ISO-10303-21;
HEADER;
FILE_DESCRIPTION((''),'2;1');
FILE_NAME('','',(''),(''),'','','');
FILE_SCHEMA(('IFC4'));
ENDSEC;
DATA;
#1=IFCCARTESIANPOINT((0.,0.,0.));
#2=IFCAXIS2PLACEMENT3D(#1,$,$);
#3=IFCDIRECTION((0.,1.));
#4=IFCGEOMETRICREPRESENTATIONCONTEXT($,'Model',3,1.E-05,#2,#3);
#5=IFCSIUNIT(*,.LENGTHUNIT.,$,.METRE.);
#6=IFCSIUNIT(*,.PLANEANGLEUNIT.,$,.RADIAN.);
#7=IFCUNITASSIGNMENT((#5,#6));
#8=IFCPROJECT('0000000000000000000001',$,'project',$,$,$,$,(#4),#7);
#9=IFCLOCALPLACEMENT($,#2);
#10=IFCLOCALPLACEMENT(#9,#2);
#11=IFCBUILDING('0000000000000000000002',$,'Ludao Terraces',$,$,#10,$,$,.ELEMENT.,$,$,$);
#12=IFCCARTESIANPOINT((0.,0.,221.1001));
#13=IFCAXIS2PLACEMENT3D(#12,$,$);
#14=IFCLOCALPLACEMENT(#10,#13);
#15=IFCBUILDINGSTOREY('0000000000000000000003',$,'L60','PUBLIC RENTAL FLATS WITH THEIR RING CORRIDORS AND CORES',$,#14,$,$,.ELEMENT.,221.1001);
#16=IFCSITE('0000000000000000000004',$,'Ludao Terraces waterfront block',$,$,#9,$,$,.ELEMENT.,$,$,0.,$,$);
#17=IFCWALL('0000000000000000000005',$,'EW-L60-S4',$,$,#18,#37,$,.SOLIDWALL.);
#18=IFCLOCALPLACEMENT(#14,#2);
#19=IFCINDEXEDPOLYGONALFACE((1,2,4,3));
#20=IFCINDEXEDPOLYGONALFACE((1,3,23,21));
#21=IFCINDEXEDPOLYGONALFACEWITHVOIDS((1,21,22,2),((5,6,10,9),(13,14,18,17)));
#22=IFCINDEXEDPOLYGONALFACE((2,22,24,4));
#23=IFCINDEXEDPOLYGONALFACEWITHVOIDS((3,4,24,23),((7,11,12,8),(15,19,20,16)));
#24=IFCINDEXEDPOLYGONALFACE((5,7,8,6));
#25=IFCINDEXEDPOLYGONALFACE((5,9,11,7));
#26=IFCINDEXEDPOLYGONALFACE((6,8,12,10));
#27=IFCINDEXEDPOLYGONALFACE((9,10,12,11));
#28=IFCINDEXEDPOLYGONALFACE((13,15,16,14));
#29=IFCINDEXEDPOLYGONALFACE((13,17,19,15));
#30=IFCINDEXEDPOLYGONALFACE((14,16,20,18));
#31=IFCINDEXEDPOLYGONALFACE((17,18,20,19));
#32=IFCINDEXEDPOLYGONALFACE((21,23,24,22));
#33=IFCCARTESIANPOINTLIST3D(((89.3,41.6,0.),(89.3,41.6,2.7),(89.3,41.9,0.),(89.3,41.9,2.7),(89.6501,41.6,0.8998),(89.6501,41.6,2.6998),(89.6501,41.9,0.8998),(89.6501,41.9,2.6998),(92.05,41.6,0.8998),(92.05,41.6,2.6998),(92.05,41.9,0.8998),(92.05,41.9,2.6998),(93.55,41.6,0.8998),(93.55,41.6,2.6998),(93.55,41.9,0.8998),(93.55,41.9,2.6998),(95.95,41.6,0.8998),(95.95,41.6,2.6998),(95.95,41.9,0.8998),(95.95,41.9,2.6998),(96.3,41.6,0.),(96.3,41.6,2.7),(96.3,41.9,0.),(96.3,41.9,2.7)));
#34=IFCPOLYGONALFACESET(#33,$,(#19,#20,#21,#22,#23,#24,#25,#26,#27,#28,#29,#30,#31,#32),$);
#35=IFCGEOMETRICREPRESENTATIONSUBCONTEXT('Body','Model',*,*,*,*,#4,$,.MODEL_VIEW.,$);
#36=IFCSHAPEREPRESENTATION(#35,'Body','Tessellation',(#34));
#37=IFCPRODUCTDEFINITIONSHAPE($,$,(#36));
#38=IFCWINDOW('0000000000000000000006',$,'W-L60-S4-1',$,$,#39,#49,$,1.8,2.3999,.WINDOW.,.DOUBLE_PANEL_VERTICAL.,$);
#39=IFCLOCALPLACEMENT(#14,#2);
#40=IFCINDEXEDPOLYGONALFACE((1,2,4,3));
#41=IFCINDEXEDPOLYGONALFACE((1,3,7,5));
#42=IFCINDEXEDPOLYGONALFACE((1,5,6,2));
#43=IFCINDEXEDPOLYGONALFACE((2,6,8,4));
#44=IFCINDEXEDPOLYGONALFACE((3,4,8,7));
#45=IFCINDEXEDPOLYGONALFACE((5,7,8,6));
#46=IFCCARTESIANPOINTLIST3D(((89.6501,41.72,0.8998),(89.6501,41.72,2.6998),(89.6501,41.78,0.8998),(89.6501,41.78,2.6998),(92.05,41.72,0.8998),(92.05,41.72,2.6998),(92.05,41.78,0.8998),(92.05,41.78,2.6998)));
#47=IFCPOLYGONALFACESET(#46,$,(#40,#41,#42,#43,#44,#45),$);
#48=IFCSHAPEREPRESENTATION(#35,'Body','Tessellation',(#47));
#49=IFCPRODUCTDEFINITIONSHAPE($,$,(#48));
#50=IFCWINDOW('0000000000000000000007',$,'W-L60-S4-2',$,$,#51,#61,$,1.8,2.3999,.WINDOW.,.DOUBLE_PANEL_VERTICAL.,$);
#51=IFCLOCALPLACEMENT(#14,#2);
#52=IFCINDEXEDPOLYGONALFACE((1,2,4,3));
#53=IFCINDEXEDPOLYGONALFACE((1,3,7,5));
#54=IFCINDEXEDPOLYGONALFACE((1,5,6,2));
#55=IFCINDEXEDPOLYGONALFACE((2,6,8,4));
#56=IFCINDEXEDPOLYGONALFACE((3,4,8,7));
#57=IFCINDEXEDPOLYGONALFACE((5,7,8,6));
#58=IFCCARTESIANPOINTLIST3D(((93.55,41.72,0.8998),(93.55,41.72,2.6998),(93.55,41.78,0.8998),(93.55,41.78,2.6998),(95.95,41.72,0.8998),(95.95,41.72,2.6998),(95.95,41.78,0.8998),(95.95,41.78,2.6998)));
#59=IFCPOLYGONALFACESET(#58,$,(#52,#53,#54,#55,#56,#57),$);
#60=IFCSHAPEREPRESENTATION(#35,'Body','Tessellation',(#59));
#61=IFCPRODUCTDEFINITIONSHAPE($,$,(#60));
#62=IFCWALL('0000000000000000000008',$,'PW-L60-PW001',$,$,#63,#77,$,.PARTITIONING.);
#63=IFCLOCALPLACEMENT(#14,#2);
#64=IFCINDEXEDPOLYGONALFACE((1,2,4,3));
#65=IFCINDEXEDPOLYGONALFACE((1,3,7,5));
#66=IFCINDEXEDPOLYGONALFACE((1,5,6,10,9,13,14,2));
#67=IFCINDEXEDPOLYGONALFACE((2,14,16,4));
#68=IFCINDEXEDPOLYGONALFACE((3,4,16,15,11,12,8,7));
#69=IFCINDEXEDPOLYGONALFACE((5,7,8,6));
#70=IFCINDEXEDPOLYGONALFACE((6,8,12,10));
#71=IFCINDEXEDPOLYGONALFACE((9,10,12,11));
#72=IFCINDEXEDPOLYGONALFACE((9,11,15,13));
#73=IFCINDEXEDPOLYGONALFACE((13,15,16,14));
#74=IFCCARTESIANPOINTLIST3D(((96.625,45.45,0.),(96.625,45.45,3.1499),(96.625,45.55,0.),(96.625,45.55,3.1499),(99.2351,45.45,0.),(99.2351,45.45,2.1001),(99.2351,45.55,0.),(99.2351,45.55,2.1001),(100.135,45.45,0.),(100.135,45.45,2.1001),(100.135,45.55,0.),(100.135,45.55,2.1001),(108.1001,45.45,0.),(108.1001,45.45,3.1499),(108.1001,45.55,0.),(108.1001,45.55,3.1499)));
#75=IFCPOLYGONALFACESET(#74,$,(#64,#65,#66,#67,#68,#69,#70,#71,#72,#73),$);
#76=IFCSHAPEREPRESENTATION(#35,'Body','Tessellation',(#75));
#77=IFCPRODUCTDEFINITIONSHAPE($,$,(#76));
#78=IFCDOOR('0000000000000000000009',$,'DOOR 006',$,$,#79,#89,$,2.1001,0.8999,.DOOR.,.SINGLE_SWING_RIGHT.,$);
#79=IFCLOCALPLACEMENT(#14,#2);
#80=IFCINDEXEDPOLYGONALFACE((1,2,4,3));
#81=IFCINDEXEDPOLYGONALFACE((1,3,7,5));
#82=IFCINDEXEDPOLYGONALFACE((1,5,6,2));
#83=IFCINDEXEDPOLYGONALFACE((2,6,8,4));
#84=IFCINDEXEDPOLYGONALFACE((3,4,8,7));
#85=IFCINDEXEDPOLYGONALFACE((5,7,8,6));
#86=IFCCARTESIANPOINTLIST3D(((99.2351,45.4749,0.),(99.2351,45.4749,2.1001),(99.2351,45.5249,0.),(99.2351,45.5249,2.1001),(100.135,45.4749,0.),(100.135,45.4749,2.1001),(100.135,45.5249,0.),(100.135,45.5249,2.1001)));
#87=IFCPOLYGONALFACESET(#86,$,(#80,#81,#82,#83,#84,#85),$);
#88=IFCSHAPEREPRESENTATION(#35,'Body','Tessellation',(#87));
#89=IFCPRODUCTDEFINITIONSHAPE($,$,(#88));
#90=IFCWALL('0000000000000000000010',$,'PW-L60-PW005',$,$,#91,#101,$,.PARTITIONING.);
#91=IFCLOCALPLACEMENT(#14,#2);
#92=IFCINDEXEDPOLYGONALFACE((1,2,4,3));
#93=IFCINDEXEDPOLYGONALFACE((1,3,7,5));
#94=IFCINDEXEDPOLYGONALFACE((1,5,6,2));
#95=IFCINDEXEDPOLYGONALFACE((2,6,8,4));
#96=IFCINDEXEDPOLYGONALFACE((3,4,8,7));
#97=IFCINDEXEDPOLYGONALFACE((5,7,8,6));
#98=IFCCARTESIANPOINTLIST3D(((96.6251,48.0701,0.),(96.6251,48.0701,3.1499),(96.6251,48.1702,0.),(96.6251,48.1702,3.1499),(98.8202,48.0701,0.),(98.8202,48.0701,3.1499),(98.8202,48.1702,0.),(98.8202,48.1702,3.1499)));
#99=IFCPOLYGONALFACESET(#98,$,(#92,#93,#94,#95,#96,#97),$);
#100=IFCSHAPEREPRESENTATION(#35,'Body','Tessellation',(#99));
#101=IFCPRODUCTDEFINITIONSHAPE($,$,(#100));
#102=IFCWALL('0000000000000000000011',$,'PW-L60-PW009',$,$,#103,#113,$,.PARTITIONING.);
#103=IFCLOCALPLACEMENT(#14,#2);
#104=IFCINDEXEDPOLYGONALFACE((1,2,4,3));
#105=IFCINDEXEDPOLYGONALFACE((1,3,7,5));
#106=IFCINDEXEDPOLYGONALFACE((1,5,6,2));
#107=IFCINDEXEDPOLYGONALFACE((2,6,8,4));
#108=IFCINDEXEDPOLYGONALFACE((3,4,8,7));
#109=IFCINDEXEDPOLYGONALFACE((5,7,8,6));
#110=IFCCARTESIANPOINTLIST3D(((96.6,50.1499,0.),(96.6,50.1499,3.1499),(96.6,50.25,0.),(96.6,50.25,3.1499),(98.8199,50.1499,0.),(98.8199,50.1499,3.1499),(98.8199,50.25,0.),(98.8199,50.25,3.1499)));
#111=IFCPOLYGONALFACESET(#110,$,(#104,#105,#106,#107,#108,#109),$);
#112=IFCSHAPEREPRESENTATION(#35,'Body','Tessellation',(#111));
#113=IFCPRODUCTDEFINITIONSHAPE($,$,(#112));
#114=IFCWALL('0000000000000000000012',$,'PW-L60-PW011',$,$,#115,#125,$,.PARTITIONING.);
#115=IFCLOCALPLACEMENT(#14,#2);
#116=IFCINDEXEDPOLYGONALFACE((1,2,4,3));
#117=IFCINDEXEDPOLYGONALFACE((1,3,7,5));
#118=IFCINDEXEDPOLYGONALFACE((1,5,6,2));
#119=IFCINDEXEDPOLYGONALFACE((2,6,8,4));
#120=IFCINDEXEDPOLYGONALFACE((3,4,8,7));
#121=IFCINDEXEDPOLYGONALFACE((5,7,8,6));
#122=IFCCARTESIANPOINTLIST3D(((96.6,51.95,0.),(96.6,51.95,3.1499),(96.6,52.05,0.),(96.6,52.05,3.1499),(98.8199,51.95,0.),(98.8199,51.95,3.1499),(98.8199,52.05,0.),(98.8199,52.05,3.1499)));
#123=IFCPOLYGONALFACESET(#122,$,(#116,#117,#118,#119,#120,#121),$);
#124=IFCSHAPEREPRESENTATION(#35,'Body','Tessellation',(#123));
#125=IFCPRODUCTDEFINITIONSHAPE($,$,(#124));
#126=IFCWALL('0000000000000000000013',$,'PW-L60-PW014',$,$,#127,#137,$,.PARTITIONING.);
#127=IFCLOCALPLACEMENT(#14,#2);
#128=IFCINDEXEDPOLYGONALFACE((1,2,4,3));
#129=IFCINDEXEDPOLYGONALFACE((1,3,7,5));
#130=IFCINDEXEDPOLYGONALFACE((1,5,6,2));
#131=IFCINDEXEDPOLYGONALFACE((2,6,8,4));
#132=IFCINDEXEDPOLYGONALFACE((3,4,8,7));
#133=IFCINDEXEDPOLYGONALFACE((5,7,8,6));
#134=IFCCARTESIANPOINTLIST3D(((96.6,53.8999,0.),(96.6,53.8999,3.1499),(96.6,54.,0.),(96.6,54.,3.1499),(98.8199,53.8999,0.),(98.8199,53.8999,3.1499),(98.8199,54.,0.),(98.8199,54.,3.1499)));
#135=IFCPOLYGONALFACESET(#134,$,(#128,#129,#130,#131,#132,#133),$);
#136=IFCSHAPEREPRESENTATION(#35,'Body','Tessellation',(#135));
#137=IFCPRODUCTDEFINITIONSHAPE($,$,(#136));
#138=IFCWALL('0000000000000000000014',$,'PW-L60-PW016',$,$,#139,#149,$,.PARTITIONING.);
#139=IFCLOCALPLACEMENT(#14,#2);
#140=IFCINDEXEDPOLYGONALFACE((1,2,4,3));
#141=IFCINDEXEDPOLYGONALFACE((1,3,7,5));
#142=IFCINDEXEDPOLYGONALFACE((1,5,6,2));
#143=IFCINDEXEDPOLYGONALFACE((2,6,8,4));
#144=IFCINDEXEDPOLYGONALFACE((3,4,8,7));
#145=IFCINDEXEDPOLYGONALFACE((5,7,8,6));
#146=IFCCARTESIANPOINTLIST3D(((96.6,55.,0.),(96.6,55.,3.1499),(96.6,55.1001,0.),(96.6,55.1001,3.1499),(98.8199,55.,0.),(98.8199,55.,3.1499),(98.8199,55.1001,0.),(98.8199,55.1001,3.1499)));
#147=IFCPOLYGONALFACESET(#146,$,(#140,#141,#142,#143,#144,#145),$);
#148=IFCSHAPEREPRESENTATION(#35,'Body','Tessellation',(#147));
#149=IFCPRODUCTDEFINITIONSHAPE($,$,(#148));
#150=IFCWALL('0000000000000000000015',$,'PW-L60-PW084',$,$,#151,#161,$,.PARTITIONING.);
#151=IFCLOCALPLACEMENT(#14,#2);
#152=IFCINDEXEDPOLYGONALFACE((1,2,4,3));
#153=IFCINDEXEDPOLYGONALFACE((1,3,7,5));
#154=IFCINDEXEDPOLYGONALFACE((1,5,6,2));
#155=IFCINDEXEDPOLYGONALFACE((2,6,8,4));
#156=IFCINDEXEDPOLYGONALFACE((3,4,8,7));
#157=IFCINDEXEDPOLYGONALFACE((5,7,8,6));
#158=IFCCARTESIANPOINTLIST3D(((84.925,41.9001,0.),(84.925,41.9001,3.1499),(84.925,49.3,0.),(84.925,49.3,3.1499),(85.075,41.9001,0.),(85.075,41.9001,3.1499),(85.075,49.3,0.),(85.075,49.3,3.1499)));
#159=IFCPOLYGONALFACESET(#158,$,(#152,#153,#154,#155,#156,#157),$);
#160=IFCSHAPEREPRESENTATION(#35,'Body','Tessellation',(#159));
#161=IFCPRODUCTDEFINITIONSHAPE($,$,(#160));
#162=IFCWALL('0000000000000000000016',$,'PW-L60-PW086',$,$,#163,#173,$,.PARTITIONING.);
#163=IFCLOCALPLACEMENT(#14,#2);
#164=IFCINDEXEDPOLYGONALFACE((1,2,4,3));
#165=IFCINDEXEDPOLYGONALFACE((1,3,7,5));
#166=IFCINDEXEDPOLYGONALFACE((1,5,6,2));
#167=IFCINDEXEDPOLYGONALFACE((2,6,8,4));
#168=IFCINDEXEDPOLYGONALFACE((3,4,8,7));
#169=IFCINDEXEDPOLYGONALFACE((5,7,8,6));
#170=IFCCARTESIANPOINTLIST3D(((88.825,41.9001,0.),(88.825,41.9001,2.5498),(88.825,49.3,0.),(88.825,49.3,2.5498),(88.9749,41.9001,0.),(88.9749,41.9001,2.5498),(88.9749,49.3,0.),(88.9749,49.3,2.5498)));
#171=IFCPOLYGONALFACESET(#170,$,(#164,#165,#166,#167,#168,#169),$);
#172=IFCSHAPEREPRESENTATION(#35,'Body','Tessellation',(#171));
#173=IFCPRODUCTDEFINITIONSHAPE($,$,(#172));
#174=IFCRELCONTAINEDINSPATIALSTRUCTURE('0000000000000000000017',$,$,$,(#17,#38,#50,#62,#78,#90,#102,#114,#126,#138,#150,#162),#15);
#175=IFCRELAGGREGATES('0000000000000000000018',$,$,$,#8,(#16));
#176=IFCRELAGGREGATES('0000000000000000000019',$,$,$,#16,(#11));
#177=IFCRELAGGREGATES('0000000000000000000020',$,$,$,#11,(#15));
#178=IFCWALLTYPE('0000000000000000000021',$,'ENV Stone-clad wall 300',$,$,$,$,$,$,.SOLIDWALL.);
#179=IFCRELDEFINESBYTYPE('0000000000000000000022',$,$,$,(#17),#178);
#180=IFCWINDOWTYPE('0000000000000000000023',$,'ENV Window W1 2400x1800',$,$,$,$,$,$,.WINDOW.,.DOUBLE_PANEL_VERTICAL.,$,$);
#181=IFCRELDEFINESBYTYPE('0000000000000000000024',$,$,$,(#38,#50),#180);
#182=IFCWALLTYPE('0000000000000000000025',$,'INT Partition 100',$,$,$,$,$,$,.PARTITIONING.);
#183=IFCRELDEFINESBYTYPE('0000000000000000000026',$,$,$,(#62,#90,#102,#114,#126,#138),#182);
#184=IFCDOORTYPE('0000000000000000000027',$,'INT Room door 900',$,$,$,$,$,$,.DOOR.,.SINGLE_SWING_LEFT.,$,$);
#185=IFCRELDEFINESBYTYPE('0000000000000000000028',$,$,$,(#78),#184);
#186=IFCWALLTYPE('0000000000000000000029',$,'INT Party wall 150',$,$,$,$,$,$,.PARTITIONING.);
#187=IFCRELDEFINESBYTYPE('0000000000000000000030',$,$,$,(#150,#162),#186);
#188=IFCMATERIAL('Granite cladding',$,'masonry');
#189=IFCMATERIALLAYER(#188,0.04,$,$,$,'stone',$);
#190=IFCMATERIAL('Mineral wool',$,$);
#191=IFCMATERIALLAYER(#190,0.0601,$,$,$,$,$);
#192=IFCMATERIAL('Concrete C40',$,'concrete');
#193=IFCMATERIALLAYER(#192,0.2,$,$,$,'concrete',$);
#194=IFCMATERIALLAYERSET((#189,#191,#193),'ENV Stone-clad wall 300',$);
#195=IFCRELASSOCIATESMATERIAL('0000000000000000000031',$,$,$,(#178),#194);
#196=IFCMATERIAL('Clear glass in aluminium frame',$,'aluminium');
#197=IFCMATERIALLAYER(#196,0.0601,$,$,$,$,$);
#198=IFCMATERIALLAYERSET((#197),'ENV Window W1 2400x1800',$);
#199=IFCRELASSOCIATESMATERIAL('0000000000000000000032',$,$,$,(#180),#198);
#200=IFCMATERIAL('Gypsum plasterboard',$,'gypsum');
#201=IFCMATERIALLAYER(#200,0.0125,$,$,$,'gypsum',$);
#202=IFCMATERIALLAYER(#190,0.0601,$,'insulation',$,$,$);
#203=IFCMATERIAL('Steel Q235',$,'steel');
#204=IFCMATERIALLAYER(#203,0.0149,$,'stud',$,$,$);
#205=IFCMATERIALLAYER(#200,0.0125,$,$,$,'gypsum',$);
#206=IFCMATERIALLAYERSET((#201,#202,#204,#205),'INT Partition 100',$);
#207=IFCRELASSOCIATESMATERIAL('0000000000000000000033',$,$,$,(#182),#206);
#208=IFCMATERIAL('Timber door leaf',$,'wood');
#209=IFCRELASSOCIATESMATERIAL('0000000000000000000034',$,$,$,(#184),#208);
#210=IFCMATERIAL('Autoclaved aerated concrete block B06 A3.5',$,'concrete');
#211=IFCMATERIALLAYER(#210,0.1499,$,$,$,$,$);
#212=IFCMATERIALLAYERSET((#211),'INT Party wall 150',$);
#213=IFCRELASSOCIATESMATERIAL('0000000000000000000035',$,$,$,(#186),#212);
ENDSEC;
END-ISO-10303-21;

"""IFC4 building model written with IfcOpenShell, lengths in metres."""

from ifc_helpers import new_model, si_unit, direction, frame, frame_2d, origin, place, context, subcontext, project, spatial, rectangle, extrude, material, layer, layer_set, type_object, element, fill, save


model = new_model("IFC4")

# Units and contexts
model_context = context("Model", 3, precision=1e-05, world=origin(), true_north=direction((0.0, 1.0)))
body_context = subcontext(model_context, "Body", "Model", "MODEL_VIEW")
ifc_project = project(units=[si_unit("LENGTHUNIT", "METRE"), si_unit("PLANEANGLEUNIT", "RADIAN")], contexts=[model_context])

# Site, building, storey
site_placement = place(None, origin())
site = spatial("IfcSite", under=ifc_project, at=site_placement, Name="Ludao Terraces waterfront block", CompositionType="ELEMENT", RefElevation=0.0)
building_placement = place(site_placement, origin())
building = spatial("IfcBuilding", under=site, at=building_placement, Name="Ludao Terraces", CompositionType="ELEMENT")
storey_placement = place(building_placement, frame((0.0, 0.0, 221.1001)))
storey = spatial("IfcBuildingStorey", under=building, at=storey_placement, Name="L60", Description="PUBLIC RENTAL FLATS WITH THEIR RING CORRIDORS AND CORES", CompositionType="ELEMENT", Elevation=221.1001)

# Shared definitions
ifc_material_1 = material(Name="Concrete C40", Category="concrete")

# Shared definitions
ifc_material_2 = material(Name="Steel Q235", Category="steel")

# Wall, openings, windows
ifc_material_3 = material(Name="Granite cladding", Category="masonry")
ifc_layer_1 = layer(ifc_material_3, 0.04, Category="stone")
ifc_material_4 = material(Name="Mineral wool")
ifc_layer_2 = layer(ifc_material_4, 0.0601)
ifc_layer_3 = layer(ifc_material_1, 0.2, Category="concrete")
ifc_layer_set_1 = layer_set([ifc_layer_1, ifc_layer_2, ifc_layer_3], Name="ENV Stone-clad wall 300")
wall_type_1 = type_object("IfcWallType", Name="ENV Stone-clad wall 300", PredefinedType="SOLIDWALL", material=ifc_layer_set_1)
wall_1_placement = place(storey_placement, frame((89.3, 41.75, 0.0), z_axis=(0.0, 0.0, 1.0), x_axis=(1.0, 0.0, 0.0)))
wall_1 = element("IfcWall", 1, at=wall_1_placement, inside=storey, type_object=wall_type_1, Name="EW-L60-S4", PredefinedType="SOLIDWALL", context=body_context, shape_type="SweptSolid", body=[
    extrude(rectangle(XDim=7.0, YDim=0.3, at=frame_2d((3.5, 0.0))), origin(), (0.0, 0.0, 1.0), 2.7),
])
opening_1_placement = place(wall_1_placement, frame((0.3501, 0.0, 0.8999)))
opening_1 = element("IfcOpeningElement", 2, at=opening_1_placement, cuts=wall_1, PredefinedType="OPENING", context=body_context, shape_type="SweptSolid", body=[
    extrude(rectangle(XDim=2.3999, YDim=1.8, at=frame_2d((1.2, 0.8999))), frame((0.0, 0.1602, 0.0), z_axis=(0.0, -1.0, 0.0), x_axis=(1.0, 0.0, 0.0)), (0.0, 0.0, 1.0), 0.3201),
])
opening_2_placement = place(wall_1_placement, frame((4.25, 0.0, 0.8999)))
opening_2 = element("IfcOpeningElement", 3, at=opening_2_placement, cuts=wall_1, PredefinedType="OPENING", context=body_context, shape_type="SweptSolid", body=[
    extrude(rectangle(XDim=2.3999, YDim=1.8, at=frame_2d((1.2, 0.8999))), frame((0.0, 0.1602, 0.0), z_axis=(0.0, -1.0, 0.0), x_axis=(1.0, 0.0, 0.0)), (0.0, 0.0, 1.0), 0.3201),
])
ifc_material_5 = material(Name="Clear glass in aluminium frame", Category="aluminium")
ifc_layer_4 = layer(ifc_material_5, 0.0601)
ifc_layer_set_2 = layer_set([ifc_layer_4], Name="ENV Window W1 2400x1800")
window_type = type_object("IfcWindowType", Name="ENV Window W1 2400x1800", PartitioningType="DOUBLE_PANEL_VERTICAL", PredefinedType="WINDOW", material=ifc_layer_set_2)
window_1_placement = place(opening_1_placement, origin())
window_1 = element("IfcWindow", 4, at=window_1_placement, inside=storey, type_object=window_type, Name="W-L60-S4-1", OverallHeight=1.8, OverallWidth=2.3999, PartitioningType="DOUBLE_PANEL_VERTICAL", PredefinedType="WINDOW", context=body_context, shape_type="SweptSolid", body=[
    extrude(rectangle(XDim=2.3999, YDim=1.8, at=frame_2d((1.2, 0.8999))), frame((0.0, 0.03, 0.0), z_axis=(0.0, -1.0, 0.0), x_axis=(1.0, 0.0, 0.0)), (0.0, 0.0, 1.0), 0.0601),
])
fill(opening_1, window_1)
window_2_placement = place(opening_2_placement, origin())
window_2 = element("IfcWindow", 5, at=window_2_placement, inside=storey, type_object=window_type, Name="W-L60-S4-2", OverallHeight=1.8, OverallWidth=2.3999, PartitioningType="DOUBLE_PANEL_VERTICAL", PredefinedType="WINDOW", context=body_context, shape_type="SweptSolid", body=[
    extrude(rectangle(XDim=2.3999, YDim=1.8, at=frame_2d((1.2, 0.8999))), frame((0.0, 0.03, 0.0), z_axis=(0.0, -1.0, 0.0), x_axis=(1.0, 0.0, 0.0)), (0.0, 0.0, 1.0), 0.0601),
])
fill(opening_2, window_2)

# Wall, opening, door
ifc_material_6 = material(Name="Gypsum plasterboard", Category="gypsum")
ifc_layer_5 = layer(ifc_material_6, 0.0125, Category="gypsum")
ifc_layer_6 = layer(ifc_material_4, 0.0601, Name="insulation")
ifc_layer_7 = layer(ifc_material_2, 0.0149, Name="stud")
ifc_layer_8 = layer(ifc_material_6, 0.0125, Category="gypsum")
ifc_layer_set_3 = layer_set([ifc_layer_5, ifc_layer_6, ifc_layer_7, ifc_layer_8], Name="INT Partition 100")
wall_type_2 = type_object("IfcWallType", Name="INT Partition 100", PredefinedType="PARTITIONING", material=ifc_layer_set_3)
wall_2_placement = place(storey_placement, frame((96.625, 45.5, 0.0), z_axis=(0.0, 0.0, 1.0), x_axis=(1.0, 0.0, 0.0)))
wall_2 = element("IfcWall", 6, at=wall_2_placement, inside=storey, type_object=wall_type_2, Name="PW-L60-PW001", PredefinedType="PARTITIONING", context=body_context, shape_type="SweptSolid", body=[
    extrude(rectangle(XDim=11.4751, YDim=0.1001, at=frame_2d((5.7375, 0.0))), origin(), (0.0, 0.0, 1.0), 3.1499),
])
opening_3_placement = place(wall_2_placement, frame((2.6101, 0.0, 0.0)))
opening_3 = element("IfcOpeningElement", 7, at=opening_3_placement, cuts=wall_2, PredefinedType="OPENING", context=body_context, shape_type="SweptSolid", body=[
    extrude(rectangle(XDim=0.8999, YDim=2.1001, at=frame_2d((0.45, 1.05))), frame((0.0, 0.0601, 0.0), z_axis=(0.0, -1.0, 0.0), x_axis=(1.0, 0.0, 0.0)), (0.0, 0.0, 1.0), 0.1201),
])
ifc_material_7 = material(Name="Timber door leaf", Category="wood")
door_type_1 = type_object("IfcDoorType", Name="INT Room door 900", OperationType="SINGLE_SWING_LEFT", PredefinedType="DOOR", material=ifc_material_7)
door_1_placement = place(opening_3_placement, origin())
door_1 = element("IfcDoor", 8, at=door_1_placement, inside=storey, type_object=door_type_1, Name="DOOR 006", OperationType="SINGLE_SWING_RIGHT", OverallHeight=2.1001, OverallWidth=0.8999, PredefinedType="DOOR", context=body_context, shape_type="SweptSolid", body=[
    extrude(rectangle(XDim=0.8999, YDim=2.1001, at=frame_2d((0.45, 1.05))), frame((0.0, 0.0249, 0.0), z_axis=(0.0, -1.0, 0.0), x_axis=(1.0, 0.0, 0.0)), (0.0, 0.0, 1.0), 0.05),
])
fill(opening_3, door_1)

# Walls
wall_3_placement = place(storey_placement, frame((96.625, 48.1201, 0.0), z_axis=(0.0, 0.0, 1.0), x_axis=(1.0, 0.0, 0.0)))
element("IfcWall", 9, at=wall_3_placement, inside=storey, type_object=wall_type_2, Name="PW-L60-PW005", PredefinedType="PARTITIONING", context=body_context, shape_type="SweptSolid", body=[
    extrude(rectangle(XDim=2.1951, YDim=0.1001, at=frame_2d((1.0977, 0.0))), origin(), (0.0, 0.0, 1.0), 3.1499),
])
for number, where, z_axis, x_axis, name in (
    (10, (96.6001, 50.2, 0.0), (0.0, 0.0, 1.0), (1.0, 0.0, 0.0), "PW-L60-PW009"),
    (11, (96.6001, 52.0, 0.0), (0.0, 0.0, 1.0), (1.0, 0.0, 0.0), "PW-L60-PW011"),
    (12, (96.6001, 53.95, 0.0), (0.0, 0.0, 1.0), (1.0, 0.0, 0.0), "PW-L60-PW014"),
    (13, (96.6001, 55.05, 0.0), (0.0, 0.0, 1.0), (1.0, 0.0, 0.0), "PW-L60-PW016"),
):
    element("IfcWall", number, at=place(storey_placement, frame(where, z_axis=z_axis, x_axis=x_axis)), inside=storey, type_object=wall_type_2, Name=name, PredefinedType="PARTITIONING", context=body_context, shape_type="SweptSolid", body=[
        extrude(rectangle(XDim=2.22, YDim=0.1001, at=frame_2d((1.1099, 0.0))), origin(), (0.0, 0.0, 1.0), 3.1499),
    ])
ifc_material_8 = material(Name="Autoclaved aerated concrete block B06 A3.5", Category="concrete")
ifc_layer_9 = layer(ifc_material_8, 0.1499)
ifc_layer_set_4 = layer_set([ifc_layer_9], Name="INT Party wall 150")
wall_type_3 = type_object("IfcWallType", Name="INT Party wall 150", PredefinedType="PARTITIONING", material=ifc_layer_set_4)
wall_4_placement = place(storey_placement, frame((85.0, 41.9001, 0.0), z_axis=(0.0, 0.0, 1.0), x_axis=(0.0, 1.0, 0.0)))
element("IfcWall", 14, at=wall_4_placement, inside=storey, type_object=wall_type_3, Name="PW-L60-PW084", PredefinedType="PARTITIONING", context=body_context, shape_type="SweptSolid", body=[
    extrude(rectangle(XDim=7.3999, YDim=0.1499, at=frame_2d((3.7, 0.0))), origin(), (0.0, 0.0, 1.0), 3.1499),
])
wall_5_placement = place(storey_placement, frame((88.8999, 41.9001, 0.0), z_axis=(0.0, 0.0, 1.0), x_axis=(0.0, 1.0, 0.0)))
element("IfcWall", 15, at=wall_5_placement, inside=storey, type_object=wall_type_3, Name="PW-L60-PW086", PredefinedType="PARTITIONING", context=body_context, shape_type="SweptSolid", body=[
    extrude(rectangle(XDim=7.3999, YDim=0.1499, at=frame_2d((3.7, 0.0))), origin(), (0.0, 0.0, 1.0), 2.5498),
])

save(model, "model.ifc")
